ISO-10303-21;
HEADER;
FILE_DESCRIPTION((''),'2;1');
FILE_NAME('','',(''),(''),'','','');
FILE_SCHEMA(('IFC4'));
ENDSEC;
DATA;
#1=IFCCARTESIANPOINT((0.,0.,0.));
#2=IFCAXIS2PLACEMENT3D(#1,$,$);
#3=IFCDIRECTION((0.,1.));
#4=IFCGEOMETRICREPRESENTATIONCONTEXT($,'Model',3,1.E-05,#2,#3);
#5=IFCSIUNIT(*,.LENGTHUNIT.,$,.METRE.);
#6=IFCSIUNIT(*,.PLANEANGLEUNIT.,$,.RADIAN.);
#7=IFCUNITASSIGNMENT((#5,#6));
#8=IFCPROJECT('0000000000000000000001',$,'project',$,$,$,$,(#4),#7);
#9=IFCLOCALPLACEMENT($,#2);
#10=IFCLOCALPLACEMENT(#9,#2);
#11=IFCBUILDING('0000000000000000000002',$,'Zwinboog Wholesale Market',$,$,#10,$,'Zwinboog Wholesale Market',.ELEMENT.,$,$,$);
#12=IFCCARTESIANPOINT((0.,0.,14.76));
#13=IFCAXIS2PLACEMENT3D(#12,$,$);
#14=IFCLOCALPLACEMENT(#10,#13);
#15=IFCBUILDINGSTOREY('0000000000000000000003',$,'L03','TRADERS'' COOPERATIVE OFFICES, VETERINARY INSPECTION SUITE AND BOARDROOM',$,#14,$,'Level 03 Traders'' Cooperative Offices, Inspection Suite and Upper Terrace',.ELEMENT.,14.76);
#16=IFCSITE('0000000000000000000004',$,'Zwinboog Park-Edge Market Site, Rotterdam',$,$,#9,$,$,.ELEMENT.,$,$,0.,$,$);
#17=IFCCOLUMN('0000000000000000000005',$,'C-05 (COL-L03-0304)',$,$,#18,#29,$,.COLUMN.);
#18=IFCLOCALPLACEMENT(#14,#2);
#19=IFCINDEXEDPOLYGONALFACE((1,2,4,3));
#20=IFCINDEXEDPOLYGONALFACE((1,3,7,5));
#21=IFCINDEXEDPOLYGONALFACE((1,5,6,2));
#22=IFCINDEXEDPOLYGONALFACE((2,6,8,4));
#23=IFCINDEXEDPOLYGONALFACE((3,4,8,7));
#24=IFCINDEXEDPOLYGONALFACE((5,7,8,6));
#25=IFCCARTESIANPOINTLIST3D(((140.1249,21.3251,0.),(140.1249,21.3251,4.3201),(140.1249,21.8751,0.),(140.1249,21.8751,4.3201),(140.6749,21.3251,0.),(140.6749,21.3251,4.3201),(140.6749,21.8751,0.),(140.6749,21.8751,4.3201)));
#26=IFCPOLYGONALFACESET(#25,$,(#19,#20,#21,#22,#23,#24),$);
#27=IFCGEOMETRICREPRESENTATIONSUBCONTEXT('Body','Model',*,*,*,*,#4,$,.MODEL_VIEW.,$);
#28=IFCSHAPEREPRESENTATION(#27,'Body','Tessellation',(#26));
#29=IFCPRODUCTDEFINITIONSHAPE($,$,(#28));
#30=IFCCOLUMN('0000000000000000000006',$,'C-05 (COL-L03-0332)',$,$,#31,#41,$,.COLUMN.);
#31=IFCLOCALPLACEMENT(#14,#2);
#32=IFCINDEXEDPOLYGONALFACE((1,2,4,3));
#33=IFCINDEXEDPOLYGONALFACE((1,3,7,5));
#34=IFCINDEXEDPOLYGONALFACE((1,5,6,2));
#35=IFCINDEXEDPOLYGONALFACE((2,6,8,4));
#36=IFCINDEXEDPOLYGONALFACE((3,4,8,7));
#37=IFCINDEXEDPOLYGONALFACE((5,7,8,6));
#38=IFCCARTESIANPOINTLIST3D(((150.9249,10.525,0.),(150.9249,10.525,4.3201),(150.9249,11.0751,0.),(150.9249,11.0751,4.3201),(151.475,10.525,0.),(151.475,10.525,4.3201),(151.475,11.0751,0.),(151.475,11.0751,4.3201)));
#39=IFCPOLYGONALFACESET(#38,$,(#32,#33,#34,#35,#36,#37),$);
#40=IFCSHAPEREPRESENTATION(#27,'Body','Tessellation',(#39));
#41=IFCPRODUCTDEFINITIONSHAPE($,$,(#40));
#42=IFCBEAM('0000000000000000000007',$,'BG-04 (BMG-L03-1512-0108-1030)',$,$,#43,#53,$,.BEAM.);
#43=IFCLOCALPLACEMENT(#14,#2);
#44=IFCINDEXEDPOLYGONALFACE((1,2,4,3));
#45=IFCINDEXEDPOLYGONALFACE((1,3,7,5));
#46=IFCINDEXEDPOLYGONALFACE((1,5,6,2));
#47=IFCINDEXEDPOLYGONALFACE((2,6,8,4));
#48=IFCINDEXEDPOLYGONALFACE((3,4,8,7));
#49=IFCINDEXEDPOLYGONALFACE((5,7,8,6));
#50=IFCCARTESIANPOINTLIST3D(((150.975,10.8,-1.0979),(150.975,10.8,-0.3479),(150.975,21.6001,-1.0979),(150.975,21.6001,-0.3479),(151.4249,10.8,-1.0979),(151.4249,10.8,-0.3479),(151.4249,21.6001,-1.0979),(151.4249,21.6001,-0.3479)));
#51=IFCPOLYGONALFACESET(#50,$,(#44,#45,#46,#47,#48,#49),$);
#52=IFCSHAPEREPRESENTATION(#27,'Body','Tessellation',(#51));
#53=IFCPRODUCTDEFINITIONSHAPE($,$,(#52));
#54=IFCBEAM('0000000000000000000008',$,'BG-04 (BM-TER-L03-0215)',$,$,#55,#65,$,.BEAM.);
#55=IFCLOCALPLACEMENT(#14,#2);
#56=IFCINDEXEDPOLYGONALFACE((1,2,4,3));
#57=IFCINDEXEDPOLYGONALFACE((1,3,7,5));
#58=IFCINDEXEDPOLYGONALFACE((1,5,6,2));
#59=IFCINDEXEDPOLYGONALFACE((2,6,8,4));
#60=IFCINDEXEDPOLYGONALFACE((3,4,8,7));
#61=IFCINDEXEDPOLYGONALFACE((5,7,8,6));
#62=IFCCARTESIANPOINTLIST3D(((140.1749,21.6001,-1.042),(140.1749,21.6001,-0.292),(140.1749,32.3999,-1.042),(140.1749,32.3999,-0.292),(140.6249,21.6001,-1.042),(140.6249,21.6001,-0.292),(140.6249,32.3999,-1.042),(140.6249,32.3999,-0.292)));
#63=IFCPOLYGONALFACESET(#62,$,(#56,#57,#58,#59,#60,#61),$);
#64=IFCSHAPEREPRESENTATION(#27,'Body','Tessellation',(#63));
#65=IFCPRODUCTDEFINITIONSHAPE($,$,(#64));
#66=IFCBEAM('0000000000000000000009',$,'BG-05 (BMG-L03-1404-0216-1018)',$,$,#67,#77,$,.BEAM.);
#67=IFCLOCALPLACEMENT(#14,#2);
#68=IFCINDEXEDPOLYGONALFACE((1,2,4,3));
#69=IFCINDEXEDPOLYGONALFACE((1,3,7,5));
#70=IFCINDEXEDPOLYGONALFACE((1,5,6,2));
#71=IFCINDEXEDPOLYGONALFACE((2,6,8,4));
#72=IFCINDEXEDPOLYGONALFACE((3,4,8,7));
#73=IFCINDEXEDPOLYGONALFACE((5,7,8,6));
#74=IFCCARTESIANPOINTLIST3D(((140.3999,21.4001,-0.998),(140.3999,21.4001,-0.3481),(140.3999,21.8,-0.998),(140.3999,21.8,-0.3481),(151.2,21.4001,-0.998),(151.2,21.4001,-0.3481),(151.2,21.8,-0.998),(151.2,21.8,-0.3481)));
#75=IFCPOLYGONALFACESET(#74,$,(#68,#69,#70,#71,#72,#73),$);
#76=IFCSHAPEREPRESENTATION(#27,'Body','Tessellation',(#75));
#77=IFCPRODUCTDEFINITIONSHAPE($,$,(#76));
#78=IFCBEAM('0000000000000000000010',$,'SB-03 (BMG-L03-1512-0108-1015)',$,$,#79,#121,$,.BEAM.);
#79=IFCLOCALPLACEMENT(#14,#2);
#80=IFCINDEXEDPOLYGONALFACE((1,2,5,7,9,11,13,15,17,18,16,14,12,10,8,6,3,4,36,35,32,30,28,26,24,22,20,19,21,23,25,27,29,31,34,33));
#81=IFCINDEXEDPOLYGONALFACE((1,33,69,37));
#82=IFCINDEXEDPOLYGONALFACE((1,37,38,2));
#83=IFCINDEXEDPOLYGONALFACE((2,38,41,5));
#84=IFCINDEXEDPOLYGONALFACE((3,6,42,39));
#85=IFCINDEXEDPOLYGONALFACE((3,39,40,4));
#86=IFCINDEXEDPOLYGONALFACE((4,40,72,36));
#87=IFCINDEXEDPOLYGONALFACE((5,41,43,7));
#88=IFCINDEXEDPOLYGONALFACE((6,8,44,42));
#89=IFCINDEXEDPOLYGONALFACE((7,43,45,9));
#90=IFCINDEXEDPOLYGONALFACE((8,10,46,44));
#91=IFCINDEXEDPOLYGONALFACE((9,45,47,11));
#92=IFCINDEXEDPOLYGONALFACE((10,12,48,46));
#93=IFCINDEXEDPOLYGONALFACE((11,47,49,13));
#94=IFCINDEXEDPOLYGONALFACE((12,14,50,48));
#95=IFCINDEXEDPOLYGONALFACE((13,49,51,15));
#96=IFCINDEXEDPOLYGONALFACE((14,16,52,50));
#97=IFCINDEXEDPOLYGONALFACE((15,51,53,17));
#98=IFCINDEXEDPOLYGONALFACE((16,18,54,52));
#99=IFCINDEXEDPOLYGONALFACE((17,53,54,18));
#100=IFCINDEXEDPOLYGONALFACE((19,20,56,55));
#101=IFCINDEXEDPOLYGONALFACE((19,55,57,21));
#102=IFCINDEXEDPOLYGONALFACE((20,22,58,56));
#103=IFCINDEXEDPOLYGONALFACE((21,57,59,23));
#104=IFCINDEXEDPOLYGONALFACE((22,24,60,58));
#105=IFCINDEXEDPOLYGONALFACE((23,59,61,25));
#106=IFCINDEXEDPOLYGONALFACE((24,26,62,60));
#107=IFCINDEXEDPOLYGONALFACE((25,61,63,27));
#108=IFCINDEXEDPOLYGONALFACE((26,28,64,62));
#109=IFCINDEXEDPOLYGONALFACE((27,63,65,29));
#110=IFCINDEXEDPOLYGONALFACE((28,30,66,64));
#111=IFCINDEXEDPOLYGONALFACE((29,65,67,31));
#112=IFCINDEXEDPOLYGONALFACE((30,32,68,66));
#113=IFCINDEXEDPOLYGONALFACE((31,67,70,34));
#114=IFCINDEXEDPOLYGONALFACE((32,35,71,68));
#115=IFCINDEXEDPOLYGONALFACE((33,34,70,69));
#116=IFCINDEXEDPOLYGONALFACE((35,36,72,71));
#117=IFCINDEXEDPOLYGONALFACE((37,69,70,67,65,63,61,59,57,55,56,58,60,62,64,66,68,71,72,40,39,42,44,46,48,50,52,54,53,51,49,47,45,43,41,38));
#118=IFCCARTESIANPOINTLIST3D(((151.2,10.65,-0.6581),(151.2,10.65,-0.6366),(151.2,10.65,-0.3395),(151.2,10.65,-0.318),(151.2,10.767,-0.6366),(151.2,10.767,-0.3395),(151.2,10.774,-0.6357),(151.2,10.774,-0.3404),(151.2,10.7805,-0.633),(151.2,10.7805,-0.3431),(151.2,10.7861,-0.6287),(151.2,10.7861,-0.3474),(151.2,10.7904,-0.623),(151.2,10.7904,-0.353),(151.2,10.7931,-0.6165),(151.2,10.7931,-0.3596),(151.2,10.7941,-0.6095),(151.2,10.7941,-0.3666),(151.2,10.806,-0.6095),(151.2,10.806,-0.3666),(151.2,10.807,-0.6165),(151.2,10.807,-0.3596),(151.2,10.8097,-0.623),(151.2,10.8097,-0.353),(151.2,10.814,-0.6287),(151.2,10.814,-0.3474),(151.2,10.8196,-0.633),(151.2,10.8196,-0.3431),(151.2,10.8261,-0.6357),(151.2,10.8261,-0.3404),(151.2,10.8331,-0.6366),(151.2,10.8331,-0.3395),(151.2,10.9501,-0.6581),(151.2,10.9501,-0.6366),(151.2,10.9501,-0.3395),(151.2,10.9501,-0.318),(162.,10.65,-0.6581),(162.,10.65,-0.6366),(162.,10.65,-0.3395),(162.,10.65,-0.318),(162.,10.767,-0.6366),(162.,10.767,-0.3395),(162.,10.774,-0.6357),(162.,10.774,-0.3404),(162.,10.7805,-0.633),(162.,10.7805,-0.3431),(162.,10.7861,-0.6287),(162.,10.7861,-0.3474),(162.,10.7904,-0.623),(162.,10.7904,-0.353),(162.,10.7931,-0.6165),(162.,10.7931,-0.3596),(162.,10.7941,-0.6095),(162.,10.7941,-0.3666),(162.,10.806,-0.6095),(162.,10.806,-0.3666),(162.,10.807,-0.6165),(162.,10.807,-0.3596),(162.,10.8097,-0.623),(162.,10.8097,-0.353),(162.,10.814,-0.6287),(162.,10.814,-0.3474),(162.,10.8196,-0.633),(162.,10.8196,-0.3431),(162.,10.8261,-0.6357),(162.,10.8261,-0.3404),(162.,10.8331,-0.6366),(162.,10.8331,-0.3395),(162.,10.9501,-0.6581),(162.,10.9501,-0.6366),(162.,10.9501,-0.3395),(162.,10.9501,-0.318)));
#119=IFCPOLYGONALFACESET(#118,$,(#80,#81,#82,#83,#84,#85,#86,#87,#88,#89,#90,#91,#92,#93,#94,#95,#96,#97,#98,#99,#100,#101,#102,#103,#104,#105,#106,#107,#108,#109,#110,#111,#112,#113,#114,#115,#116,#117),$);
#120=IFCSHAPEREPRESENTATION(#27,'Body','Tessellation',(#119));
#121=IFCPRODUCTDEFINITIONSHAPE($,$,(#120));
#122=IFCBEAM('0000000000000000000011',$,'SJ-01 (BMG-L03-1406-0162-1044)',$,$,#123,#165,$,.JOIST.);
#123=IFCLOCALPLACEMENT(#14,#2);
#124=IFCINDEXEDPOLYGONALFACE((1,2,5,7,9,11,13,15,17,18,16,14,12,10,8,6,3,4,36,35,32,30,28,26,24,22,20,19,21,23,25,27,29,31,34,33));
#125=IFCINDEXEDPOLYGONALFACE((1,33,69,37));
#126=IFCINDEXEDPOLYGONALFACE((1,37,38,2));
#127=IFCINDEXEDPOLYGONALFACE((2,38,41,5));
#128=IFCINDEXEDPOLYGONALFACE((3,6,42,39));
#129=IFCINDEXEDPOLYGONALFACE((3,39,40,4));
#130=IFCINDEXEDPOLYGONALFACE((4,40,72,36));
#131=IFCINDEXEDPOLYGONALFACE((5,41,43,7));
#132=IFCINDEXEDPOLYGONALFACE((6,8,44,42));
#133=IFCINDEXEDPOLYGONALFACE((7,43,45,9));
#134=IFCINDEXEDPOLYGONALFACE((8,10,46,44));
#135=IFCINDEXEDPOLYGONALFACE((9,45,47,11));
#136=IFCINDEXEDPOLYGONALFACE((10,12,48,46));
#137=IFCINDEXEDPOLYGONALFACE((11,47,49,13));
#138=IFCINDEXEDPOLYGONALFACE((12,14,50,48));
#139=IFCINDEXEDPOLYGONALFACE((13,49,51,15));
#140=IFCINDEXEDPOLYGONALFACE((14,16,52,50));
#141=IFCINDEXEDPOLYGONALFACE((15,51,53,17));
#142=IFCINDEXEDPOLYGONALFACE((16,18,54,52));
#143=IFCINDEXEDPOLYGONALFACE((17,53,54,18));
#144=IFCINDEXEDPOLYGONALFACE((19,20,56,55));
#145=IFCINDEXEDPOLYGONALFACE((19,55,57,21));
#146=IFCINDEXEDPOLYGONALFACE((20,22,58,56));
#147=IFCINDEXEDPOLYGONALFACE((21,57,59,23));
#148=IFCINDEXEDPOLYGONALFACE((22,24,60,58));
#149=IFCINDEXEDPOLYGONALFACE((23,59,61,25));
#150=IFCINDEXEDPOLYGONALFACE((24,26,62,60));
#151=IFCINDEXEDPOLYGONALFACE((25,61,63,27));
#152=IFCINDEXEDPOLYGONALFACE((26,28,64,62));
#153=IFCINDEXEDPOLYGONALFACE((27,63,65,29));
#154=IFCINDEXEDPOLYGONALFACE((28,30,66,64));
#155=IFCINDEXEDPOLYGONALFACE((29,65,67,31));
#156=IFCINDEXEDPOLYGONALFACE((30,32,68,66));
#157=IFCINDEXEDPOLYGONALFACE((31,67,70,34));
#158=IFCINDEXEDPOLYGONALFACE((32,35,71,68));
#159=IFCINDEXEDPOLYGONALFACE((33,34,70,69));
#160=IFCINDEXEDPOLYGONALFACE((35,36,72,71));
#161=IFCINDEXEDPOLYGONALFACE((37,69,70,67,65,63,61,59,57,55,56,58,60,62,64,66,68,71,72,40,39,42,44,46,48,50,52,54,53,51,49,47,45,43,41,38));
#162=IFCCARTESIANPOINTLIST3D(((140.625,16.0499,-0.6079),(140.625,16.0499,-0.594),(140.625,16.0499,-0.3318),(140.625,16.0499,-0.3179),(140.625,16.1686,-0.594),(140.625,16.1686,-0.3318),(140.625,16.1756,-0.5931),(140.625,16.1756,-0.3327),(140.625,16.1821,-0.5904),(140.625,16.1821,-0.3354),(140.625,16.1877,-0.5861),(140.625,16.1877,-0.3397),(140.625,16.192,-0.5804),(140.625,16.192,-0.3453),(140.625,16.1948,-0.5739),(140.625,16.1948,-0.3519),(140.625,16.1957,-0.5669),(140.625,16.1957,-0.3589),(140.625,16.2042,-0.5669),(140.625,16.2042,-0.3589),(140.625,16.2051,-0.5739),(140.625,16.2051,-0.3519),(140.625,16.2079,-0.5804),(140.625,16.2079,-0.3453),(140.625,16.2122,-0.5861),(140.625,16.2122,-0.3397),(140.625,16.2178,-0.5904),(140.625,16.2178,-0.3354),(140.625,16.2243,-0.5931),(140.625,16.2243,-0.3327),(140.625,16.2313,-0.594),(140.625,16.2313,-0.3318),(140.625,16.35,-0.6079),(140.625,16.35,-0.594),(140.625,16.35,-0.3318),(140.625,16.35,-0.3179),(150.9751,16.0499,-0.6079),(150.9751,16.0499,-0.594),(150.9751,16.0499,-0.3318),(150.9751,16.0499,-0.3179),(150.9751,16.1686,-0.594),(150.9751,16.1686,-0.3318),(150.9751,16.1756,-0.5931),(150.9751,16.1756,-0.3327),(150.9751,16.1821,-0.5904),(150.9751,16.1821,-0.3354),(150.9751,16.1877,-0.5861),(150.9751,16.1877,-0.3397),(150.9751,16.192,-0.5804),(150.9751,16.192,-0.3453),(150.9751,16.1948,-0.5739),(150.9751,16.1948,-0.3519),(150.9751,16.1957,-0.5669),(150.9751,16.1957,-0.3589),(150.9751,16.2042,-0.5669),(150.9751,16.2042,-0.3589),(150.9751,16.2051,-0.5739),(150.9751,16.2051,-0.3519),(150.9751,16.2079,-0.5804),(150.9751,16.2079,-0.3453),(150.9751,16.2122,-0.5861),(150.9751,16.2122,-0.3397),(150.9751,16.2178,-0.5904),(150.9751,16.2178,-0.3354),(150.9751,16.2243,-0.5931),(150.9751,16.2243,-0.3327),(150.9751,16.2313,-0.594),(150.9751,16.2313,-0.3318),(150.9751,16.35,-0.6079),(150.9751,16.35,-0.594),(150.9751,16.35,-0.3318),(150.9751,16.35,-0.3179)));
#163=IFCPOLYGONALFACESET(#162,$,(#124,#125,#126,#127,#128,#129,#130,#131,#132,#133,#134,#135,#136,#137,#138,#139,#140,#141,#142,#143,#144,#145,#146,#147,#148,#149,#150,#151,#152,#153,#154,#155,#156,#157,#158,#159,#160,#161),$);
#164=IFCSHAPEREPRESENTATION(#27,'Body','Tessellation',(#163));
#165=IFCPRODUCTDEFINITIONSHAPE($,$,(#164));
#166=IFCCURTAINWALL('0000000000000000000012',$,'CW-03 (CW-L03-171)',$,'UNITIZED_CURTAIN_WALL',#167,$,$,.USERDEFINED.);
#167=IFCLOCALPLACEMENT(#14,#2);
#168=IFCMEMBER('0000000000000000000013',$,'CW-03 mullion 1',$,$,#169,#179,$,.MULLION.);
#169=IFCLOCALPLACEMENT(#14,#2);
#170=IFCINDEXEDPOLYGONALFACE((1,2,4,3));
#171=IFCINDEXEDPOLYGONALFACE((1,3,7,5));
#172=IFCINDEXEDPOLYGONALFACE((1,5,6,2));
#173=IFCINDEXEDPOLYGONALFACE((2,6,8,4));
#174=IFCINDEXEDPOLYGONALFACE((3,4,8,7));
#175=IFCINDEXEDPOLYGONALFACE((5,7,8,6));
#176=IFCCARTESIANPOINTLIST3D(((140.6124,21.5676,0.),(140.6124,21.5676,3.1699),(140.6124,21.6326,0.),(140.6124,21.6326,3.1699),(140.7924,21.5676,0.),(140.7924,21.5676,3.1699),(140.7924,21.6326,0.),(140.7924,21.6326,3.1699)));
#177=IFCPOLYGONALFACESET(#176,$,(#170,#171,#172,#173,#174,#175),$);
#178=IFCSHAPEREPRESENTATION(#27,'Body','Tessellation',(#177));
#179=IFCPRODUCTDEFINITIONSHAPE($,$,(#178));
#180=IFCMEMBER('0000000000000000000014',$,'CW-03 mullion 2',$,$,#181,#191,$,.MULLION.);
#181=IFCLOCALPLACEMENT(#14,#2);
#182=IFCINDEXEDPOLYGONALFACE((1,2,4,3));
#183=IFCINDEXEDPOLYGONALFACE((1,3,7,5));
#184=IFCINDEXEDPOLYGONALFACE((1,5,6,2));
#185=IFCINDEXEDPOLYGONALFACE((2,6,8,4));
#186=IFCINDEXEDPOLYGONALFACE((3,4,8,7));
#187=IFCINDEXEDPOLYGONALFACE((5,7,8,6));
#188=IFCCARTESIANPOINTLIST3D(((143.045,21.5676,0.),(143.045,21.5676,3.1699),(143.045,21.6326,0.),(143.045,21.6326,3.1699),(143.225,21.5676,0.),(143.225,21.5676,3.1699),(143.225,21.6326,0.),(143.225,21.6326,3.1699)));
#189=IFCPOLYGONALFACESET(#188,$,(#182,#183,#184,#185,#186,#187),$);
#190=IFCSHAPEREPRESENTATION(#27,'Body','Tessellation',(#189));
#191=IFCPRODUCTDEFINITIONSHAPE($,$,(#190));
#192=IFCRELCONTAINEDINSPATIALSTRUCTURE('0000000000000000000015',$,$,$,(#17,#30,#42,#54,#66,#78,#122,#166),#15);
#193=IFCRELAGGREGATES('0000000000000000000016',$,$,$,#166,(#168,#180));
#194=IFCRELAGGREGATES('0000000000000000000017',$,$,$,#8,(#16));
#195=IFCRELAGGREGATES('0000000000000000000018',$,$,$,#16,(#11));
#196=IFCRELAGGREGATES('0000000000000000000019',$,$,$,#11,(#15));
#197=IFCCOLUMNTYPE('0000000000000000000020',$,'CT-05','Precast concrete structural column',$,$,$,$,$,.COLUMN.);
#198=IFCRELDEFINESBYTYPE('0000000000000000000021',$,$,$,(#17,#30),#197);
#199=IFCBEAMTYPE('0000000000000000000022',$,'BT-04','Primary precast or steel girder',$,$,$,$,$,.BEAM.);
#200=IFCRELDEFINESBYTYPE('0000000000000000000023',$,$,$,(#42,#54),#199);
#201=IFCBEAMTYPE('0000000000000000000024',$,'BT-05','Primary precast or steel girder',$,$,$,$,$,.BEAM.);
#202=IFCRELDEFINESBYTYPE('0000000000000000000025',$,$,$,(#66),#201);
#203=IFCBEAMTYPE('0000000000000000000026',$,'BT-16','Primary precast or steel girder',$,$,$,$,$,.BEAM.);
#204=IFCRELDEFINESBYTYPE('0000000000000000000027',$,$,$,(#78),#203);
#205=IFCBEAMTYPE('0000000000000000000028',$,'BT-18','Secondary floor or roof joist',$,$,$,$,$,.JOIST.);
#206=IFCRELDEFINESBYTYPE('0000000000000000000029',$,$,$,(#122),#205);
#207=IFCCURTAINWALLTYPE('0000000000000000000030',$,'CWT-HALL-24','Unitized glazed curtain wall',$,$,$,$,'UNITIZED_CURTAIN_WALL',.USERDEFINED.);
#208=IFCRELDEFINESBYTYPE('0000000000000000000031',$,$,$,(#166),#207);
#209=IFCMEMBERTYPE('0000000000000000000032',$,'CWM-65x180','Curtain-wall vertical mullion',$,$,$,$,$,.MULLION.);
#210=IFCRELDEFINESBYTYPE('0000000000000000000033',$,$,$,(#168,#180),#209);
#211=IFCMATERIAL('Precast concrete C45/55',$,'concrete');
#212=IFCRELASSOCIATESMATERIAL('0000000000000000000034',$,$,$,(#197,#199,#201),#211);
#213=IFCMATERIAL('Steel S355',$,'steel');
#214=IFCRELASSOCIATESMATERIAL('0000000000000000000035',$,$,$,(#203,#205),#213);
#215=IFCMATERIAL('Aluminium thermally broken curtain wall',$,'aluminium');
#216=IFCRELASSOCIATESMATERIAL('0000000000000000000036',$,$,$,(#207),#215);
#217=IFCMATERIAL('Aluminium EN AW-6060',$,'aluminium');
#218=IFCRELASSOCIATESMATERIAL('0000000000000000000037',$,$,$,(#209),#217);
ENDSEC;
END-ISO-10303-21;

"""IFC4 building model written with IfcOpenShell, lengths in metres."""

from ifc_helpers import new_model, si_unit, direction, frame, origin, origin_2d, place, context, subcontext, project, spatial, rectangle, i_section, extrude, material, material_profile, profile_set, type_object, element, aggregate, save


model = new_model("IFC4")

# Units and contexts
model_context = context("Model", 3, precision=1e-05, world=origin(), true_north=direction((0.0, 1.0)))
body_context = subcontext(model_context, "Body", "Model", "MODEL_VIEW")
ifc_project = project(units=[si_unit("LENGTHUNIT", "METRE"), si_unit("PLANEANGLEUNIT", "RADIAN")], contexts=[model_context])

# Site, building, storey
site_placement = place(None, origin())
site = spatial("IfcSite", under=ifc_project, at=site_placement, Name="Zwinboog Park-Edge Market Site, Rotterdam", CompositionType="ELEMENT", RefElevation=0.0)
building_placement = place(site_placement, origin())
building = spatial("IfcBuilding", under=site, at=building_placement, Name="Zwinboog Wholesale Market", LongName="Zwinboog Wholesale Market", CompositionType="ELEMENT")
storey_placement = place(building_placement, frame((0.0, 0.0, 14.76)))
storey = spatial("IfcBuildingStorey", under=building, at=storey_placement, Name="L03", Description="TRADERS' COOPERATIVE OFFICES, VETERINARY INSPECTION SUITE AND BOARDROOM", LongName="Level 03 Traders' Cooperative Offices, Inspection Suite and Upper Terrace", CompositionType="ELEMENT", Elevation=14.76)

# Columns
ifc_material_1 = material(Name="Precast concrete C45/55", Category="concrete")
ifc_material_profile_1 = material_profile(ifc_material_1, rectangle(XDim=0.55, YDim=0.55, at=origin_2d()), Name="PC 550x550")
ifc_profile_set_1 = profile_set([ifc_material_profile_1], Name="Precast concrete C45/55")
column_type = type_object("IfcColumnType", Name="CT-05", Description="Precast concrete structural column", PredefinedType="COLUMN", material=ifc_profile_set_1)
for number, where, z_axis, x_axis, name in (
    (1, (140.3999, 21.6001, 0.0), (0.0, 0.0, 1.0), (1.0, 0.0, 0.0), "C-05 (COL-L03-0304)"),
    (2, (151.2, 10.8, 0.0), (0.0, 0.0, 1.0), (1.0, 0.0, 0.0), "C-05 (COL-L03-0332)"),
):
    element("IfcColumn", number, at=place(storey_placement, frame(where, z_axis=z_axis, x_axis=x_axis)), inside=storey, type_object=column_type, Name=name, PredefinedType="COLUMN", context=body_context, shape_type="SweptSolid", body=[
        extrude(rectangle(XDim=0.55, YDim=0.55, at=origin_2d()), origin(), (0.0, 0.0, 1.0), 4.3201),
    ])

# Beams
ifc_material_profile_2 = material_profile(ifc_material_1, rectangle(XDim=0.45, YDim=0.75, at=origin_2d()), Name="PC 450x750")
ifc_profile_set_2 = profile_set([ifc_material_profile_2], Name="Precast concrete C45/55")
beam_type_1 = type_object("IfcBeamType", Name="BT-04", Description="Primary precast or steel girder", PredefinedType="BEAM", material=ifc_profile_set_2)
beam_1_placement = place(storey_placement, frame((151.2, 10.8, -0.7229), z_axis=(0.0, 1.0, 0.0), x_axis=(-1.0, 0.0, 0.0)))
element("IfcBeam", 3, at=beam_1_placement, inside=storey, type_object=beam_type_1, Name="BG-04 (BMG-L03-1512-0108-1030)", PredefinedType="BEAM", context=body_context, shape_type="SweptSolid", body=[
    extrude(rectangle(XDim=0.45, YDim=0.75, at=origin_2d()), origin(), (0.0, 0.0, 1.0), 10.8),
])
beam_2_placement = place(storey_placement, frame((140.3999, 21.6001, -0.667), z_axis=(0.0, 1.0, 0.0), x_axis=(-1.0, 0.0, 0.0)))
element("IfcBeam", 4, at=beam_2_placement, inside=storey, type_object=beam_type_1, Name="BG-04 (BM-TER-L03-0215)", PredefinedType="BEAM", context=body_context, shape_type="SweptSolid", body=[
    extrude(rectangle(XDim=0.45, YDim=0.75, at=origin_2d()), origin(), (0.0, 0.0, 1.0), 10.7998),
])
ifc_material_profile_3 = material_profile(ifc_material_1, rectangle(XDim=0.3999, YDim=0.6499, at=origin_2d()), Name="PC 400x650")
ifc_profile_set_3 = profile_set([ifc_material_profile_3], Name="Precast concrete C45/55")
beam_type_2 = type_object("IfcBeamType", Name="BT-05", Description="Primary precast or steel girder", PredefinedType="BEAM", material=ifc_profile_set_3)
beam_3_placement = place(storey_placement, frame((140.3999, 21.6001, -0.6731), z_axis=(1.0, 0.0, 0.0), x_axis=(0.0, 1.0, 0.0)))
element("IfcBeam", 5, at=beam_3_placement, inside=storey, type_object=beam_type_2, Name="BG-05 (BMG-L03-1404-0216-1018)", PredefinedType="BEAM", context=body_context, shape_type="SweptSolid", body=[
    extrude(rectangle(XDim=0.3999, YDim=0.6499, at=origin_2d()), origin(), (0.0, 0.0, 1.0), 10.8),
])
ifc_material_2 = material(Name="Steel S355", Category="steel")
ifc_material_profile_4 = material_profile(ifc_material_2, i_section(OverallWidth=0.3, OverallDepth=0.3401, WebThickness=0.012, FlangeThickness=0.0215, FilletRadius=0.0271, at=origin_2d()), Name="HEB 340")
ifc_profile_set_4 = profile_set([ifc_material_profile_4], Name="Steel S355")
beam_type_3 = type_object("IfcBeamType", Name="BT-16", Description="Primary precast or steel girder", PredefinedType="BEAM", material=ifc_profile_set_4)
beam_4_placement = place(storey_placement, frame((151.2, 10.8, -0.488), z_axis=(1.0, 0.0, 0.0), x_axis=(0.0, 1.0, 0.0)))
element("IfcBeam", 6, at=beam_4_placement, inside=storey, type_object=beam_type_3, Name="SB-03 (BMG-L03-1512-0108-1015)", PredefinedType="BEAM", context=body_context, shape_type="SweptSolid", body=[
    extrude(i_section(OverallWidth=0.3, OverallDepth=0.3401, WebThickness=0.012, FlangeThickness=0.0215, FilletRadius=0.0271, at=origin_2d()), origin(), (0.0, 0.0, 1.0), 10.8),
])
ifc_material_profile_5 = material_profile(ifc_material_2, i_section(OverallWidth=0.3, OverallDepth=0.29, WebThickness=0.0085, FlangeThickness=0.0139, FilletRadius=0.0271, at=origin_2d()), Name="HEA 300")
ifc_profile_set_5 = profile_set([ifc_material_profile_5], Name="Steel S355")
beam_type_4 = type_object("IfcBeamType", Name="BT-18", Description="Secondary floor or roof joist", PredefinedType="JOIST", material=ifc_profile_set_5)
beam_5_placement = place(storey_placement, frame((140.625, 16.2, -0.4629), z_axis=(1.0, 0.0, 0.0), x_axis=(0.0, 1.0, 0.0)))
element("IfcBeam", 7, at=beam_5_placement, inside=storey, type_object=beam_type_4, Name="SJ-01 (BMG-L03-1406-0162-1044)", PredefinedType="JOIST", context=body_context, shape_type="SweptSolid", body=[
    extrude(i_section(OverallWidth=0.3, OverallDepth=0.29, WebThickness=0.0085, FlangeThickness=0.0139, FilletRadius=0.0271, at=origin_2d()), origin(), (0.0, 0.0, 1.0), 10.3501),
])

# Curtain wall, members
ifc_material_3 = material(Name="Aluminium thermally broken curtain wall", Category="aluminium")
curtain_wall_type = type_object("IfcCurtainWallType", Name="CWT-HALL-24", Description="Unitized glazed curtain wall", ElementType="UNITIZED_CURTAIN_WALL", PredefinedType="USERDEFINED", material=ifc_material_3)
curtain_wall_placement = place(storey_placement, origin())
curtain_wall = element("IfcCurtainWall", 8, at=curtain_wall_placement, inside=storey, type_object=curtain_wall_type, Name="CW-03 (CW-L03-171)", ObjectType="UNITIZED_CURTAIN_WALL", PredefinedType="USERDEFINED")
ifc_material_4 = material(Name="Aluminium EN AW-6060", Category="aluminium")
ifc_material_profile_6 = material_profile(ifc_material_4, rectangle(XDim=0.0649, YDim=0.1799, at=origin_2d()), Name="AL 65x180")
ifc_profile_set_6 = profile_set([ifc_material_profile_6], Name="Aluminium EN AW-6060")
member_type_1 = type_object("IfcMemberType", Name="CWM-65x180", Description="Curtain-wall vertical mullion", PredefinedType="MULLION", material=ifc_profile_set_6)
member_1_placement = place(storey_placement, frame((140.7024, 21.6001, 0.0), z_axis=(0.0, 0.0, 1.0), x_axis=(0.0, 1.0, 0.0)))
member_1 = element("IfcMember", 9, at=member_1_placement, type_object=member_type_1, Name="CW-03 mullion 1", PredefinedType="MULLION", context=body_context, shape_type="SweptSolid", body=[
    extrude(rectangle(XDim=0.0649, YDim=0.1799, at=origin_2d()), origin(), (0.0, 0.0, 1.0), 3.1699),
])
member_2_placement = place(storey_placement, frame((143.135, 21.6001, 0.0), z_axis=(0.0, 0.0, 1.0), x_axis=(0.0, 1.0, 0.0)))
member_2 = element("IfcMember", 10, at=member_2_placement, type_object=member_type_1, Name="CW-03 mullion 2", PredefinedType="MULLION", context=body_context, shape_type="SweptSolid", body=[
    extrude(rectangle(XDim=0.0649, YDim=0.1799, at=origin_2d()), origin(), (0.0, 0.0, 1.0), 3.1699),
])
aggregate(curtain_wall, [member_1, member_2])

save(model, "model.ifc")
